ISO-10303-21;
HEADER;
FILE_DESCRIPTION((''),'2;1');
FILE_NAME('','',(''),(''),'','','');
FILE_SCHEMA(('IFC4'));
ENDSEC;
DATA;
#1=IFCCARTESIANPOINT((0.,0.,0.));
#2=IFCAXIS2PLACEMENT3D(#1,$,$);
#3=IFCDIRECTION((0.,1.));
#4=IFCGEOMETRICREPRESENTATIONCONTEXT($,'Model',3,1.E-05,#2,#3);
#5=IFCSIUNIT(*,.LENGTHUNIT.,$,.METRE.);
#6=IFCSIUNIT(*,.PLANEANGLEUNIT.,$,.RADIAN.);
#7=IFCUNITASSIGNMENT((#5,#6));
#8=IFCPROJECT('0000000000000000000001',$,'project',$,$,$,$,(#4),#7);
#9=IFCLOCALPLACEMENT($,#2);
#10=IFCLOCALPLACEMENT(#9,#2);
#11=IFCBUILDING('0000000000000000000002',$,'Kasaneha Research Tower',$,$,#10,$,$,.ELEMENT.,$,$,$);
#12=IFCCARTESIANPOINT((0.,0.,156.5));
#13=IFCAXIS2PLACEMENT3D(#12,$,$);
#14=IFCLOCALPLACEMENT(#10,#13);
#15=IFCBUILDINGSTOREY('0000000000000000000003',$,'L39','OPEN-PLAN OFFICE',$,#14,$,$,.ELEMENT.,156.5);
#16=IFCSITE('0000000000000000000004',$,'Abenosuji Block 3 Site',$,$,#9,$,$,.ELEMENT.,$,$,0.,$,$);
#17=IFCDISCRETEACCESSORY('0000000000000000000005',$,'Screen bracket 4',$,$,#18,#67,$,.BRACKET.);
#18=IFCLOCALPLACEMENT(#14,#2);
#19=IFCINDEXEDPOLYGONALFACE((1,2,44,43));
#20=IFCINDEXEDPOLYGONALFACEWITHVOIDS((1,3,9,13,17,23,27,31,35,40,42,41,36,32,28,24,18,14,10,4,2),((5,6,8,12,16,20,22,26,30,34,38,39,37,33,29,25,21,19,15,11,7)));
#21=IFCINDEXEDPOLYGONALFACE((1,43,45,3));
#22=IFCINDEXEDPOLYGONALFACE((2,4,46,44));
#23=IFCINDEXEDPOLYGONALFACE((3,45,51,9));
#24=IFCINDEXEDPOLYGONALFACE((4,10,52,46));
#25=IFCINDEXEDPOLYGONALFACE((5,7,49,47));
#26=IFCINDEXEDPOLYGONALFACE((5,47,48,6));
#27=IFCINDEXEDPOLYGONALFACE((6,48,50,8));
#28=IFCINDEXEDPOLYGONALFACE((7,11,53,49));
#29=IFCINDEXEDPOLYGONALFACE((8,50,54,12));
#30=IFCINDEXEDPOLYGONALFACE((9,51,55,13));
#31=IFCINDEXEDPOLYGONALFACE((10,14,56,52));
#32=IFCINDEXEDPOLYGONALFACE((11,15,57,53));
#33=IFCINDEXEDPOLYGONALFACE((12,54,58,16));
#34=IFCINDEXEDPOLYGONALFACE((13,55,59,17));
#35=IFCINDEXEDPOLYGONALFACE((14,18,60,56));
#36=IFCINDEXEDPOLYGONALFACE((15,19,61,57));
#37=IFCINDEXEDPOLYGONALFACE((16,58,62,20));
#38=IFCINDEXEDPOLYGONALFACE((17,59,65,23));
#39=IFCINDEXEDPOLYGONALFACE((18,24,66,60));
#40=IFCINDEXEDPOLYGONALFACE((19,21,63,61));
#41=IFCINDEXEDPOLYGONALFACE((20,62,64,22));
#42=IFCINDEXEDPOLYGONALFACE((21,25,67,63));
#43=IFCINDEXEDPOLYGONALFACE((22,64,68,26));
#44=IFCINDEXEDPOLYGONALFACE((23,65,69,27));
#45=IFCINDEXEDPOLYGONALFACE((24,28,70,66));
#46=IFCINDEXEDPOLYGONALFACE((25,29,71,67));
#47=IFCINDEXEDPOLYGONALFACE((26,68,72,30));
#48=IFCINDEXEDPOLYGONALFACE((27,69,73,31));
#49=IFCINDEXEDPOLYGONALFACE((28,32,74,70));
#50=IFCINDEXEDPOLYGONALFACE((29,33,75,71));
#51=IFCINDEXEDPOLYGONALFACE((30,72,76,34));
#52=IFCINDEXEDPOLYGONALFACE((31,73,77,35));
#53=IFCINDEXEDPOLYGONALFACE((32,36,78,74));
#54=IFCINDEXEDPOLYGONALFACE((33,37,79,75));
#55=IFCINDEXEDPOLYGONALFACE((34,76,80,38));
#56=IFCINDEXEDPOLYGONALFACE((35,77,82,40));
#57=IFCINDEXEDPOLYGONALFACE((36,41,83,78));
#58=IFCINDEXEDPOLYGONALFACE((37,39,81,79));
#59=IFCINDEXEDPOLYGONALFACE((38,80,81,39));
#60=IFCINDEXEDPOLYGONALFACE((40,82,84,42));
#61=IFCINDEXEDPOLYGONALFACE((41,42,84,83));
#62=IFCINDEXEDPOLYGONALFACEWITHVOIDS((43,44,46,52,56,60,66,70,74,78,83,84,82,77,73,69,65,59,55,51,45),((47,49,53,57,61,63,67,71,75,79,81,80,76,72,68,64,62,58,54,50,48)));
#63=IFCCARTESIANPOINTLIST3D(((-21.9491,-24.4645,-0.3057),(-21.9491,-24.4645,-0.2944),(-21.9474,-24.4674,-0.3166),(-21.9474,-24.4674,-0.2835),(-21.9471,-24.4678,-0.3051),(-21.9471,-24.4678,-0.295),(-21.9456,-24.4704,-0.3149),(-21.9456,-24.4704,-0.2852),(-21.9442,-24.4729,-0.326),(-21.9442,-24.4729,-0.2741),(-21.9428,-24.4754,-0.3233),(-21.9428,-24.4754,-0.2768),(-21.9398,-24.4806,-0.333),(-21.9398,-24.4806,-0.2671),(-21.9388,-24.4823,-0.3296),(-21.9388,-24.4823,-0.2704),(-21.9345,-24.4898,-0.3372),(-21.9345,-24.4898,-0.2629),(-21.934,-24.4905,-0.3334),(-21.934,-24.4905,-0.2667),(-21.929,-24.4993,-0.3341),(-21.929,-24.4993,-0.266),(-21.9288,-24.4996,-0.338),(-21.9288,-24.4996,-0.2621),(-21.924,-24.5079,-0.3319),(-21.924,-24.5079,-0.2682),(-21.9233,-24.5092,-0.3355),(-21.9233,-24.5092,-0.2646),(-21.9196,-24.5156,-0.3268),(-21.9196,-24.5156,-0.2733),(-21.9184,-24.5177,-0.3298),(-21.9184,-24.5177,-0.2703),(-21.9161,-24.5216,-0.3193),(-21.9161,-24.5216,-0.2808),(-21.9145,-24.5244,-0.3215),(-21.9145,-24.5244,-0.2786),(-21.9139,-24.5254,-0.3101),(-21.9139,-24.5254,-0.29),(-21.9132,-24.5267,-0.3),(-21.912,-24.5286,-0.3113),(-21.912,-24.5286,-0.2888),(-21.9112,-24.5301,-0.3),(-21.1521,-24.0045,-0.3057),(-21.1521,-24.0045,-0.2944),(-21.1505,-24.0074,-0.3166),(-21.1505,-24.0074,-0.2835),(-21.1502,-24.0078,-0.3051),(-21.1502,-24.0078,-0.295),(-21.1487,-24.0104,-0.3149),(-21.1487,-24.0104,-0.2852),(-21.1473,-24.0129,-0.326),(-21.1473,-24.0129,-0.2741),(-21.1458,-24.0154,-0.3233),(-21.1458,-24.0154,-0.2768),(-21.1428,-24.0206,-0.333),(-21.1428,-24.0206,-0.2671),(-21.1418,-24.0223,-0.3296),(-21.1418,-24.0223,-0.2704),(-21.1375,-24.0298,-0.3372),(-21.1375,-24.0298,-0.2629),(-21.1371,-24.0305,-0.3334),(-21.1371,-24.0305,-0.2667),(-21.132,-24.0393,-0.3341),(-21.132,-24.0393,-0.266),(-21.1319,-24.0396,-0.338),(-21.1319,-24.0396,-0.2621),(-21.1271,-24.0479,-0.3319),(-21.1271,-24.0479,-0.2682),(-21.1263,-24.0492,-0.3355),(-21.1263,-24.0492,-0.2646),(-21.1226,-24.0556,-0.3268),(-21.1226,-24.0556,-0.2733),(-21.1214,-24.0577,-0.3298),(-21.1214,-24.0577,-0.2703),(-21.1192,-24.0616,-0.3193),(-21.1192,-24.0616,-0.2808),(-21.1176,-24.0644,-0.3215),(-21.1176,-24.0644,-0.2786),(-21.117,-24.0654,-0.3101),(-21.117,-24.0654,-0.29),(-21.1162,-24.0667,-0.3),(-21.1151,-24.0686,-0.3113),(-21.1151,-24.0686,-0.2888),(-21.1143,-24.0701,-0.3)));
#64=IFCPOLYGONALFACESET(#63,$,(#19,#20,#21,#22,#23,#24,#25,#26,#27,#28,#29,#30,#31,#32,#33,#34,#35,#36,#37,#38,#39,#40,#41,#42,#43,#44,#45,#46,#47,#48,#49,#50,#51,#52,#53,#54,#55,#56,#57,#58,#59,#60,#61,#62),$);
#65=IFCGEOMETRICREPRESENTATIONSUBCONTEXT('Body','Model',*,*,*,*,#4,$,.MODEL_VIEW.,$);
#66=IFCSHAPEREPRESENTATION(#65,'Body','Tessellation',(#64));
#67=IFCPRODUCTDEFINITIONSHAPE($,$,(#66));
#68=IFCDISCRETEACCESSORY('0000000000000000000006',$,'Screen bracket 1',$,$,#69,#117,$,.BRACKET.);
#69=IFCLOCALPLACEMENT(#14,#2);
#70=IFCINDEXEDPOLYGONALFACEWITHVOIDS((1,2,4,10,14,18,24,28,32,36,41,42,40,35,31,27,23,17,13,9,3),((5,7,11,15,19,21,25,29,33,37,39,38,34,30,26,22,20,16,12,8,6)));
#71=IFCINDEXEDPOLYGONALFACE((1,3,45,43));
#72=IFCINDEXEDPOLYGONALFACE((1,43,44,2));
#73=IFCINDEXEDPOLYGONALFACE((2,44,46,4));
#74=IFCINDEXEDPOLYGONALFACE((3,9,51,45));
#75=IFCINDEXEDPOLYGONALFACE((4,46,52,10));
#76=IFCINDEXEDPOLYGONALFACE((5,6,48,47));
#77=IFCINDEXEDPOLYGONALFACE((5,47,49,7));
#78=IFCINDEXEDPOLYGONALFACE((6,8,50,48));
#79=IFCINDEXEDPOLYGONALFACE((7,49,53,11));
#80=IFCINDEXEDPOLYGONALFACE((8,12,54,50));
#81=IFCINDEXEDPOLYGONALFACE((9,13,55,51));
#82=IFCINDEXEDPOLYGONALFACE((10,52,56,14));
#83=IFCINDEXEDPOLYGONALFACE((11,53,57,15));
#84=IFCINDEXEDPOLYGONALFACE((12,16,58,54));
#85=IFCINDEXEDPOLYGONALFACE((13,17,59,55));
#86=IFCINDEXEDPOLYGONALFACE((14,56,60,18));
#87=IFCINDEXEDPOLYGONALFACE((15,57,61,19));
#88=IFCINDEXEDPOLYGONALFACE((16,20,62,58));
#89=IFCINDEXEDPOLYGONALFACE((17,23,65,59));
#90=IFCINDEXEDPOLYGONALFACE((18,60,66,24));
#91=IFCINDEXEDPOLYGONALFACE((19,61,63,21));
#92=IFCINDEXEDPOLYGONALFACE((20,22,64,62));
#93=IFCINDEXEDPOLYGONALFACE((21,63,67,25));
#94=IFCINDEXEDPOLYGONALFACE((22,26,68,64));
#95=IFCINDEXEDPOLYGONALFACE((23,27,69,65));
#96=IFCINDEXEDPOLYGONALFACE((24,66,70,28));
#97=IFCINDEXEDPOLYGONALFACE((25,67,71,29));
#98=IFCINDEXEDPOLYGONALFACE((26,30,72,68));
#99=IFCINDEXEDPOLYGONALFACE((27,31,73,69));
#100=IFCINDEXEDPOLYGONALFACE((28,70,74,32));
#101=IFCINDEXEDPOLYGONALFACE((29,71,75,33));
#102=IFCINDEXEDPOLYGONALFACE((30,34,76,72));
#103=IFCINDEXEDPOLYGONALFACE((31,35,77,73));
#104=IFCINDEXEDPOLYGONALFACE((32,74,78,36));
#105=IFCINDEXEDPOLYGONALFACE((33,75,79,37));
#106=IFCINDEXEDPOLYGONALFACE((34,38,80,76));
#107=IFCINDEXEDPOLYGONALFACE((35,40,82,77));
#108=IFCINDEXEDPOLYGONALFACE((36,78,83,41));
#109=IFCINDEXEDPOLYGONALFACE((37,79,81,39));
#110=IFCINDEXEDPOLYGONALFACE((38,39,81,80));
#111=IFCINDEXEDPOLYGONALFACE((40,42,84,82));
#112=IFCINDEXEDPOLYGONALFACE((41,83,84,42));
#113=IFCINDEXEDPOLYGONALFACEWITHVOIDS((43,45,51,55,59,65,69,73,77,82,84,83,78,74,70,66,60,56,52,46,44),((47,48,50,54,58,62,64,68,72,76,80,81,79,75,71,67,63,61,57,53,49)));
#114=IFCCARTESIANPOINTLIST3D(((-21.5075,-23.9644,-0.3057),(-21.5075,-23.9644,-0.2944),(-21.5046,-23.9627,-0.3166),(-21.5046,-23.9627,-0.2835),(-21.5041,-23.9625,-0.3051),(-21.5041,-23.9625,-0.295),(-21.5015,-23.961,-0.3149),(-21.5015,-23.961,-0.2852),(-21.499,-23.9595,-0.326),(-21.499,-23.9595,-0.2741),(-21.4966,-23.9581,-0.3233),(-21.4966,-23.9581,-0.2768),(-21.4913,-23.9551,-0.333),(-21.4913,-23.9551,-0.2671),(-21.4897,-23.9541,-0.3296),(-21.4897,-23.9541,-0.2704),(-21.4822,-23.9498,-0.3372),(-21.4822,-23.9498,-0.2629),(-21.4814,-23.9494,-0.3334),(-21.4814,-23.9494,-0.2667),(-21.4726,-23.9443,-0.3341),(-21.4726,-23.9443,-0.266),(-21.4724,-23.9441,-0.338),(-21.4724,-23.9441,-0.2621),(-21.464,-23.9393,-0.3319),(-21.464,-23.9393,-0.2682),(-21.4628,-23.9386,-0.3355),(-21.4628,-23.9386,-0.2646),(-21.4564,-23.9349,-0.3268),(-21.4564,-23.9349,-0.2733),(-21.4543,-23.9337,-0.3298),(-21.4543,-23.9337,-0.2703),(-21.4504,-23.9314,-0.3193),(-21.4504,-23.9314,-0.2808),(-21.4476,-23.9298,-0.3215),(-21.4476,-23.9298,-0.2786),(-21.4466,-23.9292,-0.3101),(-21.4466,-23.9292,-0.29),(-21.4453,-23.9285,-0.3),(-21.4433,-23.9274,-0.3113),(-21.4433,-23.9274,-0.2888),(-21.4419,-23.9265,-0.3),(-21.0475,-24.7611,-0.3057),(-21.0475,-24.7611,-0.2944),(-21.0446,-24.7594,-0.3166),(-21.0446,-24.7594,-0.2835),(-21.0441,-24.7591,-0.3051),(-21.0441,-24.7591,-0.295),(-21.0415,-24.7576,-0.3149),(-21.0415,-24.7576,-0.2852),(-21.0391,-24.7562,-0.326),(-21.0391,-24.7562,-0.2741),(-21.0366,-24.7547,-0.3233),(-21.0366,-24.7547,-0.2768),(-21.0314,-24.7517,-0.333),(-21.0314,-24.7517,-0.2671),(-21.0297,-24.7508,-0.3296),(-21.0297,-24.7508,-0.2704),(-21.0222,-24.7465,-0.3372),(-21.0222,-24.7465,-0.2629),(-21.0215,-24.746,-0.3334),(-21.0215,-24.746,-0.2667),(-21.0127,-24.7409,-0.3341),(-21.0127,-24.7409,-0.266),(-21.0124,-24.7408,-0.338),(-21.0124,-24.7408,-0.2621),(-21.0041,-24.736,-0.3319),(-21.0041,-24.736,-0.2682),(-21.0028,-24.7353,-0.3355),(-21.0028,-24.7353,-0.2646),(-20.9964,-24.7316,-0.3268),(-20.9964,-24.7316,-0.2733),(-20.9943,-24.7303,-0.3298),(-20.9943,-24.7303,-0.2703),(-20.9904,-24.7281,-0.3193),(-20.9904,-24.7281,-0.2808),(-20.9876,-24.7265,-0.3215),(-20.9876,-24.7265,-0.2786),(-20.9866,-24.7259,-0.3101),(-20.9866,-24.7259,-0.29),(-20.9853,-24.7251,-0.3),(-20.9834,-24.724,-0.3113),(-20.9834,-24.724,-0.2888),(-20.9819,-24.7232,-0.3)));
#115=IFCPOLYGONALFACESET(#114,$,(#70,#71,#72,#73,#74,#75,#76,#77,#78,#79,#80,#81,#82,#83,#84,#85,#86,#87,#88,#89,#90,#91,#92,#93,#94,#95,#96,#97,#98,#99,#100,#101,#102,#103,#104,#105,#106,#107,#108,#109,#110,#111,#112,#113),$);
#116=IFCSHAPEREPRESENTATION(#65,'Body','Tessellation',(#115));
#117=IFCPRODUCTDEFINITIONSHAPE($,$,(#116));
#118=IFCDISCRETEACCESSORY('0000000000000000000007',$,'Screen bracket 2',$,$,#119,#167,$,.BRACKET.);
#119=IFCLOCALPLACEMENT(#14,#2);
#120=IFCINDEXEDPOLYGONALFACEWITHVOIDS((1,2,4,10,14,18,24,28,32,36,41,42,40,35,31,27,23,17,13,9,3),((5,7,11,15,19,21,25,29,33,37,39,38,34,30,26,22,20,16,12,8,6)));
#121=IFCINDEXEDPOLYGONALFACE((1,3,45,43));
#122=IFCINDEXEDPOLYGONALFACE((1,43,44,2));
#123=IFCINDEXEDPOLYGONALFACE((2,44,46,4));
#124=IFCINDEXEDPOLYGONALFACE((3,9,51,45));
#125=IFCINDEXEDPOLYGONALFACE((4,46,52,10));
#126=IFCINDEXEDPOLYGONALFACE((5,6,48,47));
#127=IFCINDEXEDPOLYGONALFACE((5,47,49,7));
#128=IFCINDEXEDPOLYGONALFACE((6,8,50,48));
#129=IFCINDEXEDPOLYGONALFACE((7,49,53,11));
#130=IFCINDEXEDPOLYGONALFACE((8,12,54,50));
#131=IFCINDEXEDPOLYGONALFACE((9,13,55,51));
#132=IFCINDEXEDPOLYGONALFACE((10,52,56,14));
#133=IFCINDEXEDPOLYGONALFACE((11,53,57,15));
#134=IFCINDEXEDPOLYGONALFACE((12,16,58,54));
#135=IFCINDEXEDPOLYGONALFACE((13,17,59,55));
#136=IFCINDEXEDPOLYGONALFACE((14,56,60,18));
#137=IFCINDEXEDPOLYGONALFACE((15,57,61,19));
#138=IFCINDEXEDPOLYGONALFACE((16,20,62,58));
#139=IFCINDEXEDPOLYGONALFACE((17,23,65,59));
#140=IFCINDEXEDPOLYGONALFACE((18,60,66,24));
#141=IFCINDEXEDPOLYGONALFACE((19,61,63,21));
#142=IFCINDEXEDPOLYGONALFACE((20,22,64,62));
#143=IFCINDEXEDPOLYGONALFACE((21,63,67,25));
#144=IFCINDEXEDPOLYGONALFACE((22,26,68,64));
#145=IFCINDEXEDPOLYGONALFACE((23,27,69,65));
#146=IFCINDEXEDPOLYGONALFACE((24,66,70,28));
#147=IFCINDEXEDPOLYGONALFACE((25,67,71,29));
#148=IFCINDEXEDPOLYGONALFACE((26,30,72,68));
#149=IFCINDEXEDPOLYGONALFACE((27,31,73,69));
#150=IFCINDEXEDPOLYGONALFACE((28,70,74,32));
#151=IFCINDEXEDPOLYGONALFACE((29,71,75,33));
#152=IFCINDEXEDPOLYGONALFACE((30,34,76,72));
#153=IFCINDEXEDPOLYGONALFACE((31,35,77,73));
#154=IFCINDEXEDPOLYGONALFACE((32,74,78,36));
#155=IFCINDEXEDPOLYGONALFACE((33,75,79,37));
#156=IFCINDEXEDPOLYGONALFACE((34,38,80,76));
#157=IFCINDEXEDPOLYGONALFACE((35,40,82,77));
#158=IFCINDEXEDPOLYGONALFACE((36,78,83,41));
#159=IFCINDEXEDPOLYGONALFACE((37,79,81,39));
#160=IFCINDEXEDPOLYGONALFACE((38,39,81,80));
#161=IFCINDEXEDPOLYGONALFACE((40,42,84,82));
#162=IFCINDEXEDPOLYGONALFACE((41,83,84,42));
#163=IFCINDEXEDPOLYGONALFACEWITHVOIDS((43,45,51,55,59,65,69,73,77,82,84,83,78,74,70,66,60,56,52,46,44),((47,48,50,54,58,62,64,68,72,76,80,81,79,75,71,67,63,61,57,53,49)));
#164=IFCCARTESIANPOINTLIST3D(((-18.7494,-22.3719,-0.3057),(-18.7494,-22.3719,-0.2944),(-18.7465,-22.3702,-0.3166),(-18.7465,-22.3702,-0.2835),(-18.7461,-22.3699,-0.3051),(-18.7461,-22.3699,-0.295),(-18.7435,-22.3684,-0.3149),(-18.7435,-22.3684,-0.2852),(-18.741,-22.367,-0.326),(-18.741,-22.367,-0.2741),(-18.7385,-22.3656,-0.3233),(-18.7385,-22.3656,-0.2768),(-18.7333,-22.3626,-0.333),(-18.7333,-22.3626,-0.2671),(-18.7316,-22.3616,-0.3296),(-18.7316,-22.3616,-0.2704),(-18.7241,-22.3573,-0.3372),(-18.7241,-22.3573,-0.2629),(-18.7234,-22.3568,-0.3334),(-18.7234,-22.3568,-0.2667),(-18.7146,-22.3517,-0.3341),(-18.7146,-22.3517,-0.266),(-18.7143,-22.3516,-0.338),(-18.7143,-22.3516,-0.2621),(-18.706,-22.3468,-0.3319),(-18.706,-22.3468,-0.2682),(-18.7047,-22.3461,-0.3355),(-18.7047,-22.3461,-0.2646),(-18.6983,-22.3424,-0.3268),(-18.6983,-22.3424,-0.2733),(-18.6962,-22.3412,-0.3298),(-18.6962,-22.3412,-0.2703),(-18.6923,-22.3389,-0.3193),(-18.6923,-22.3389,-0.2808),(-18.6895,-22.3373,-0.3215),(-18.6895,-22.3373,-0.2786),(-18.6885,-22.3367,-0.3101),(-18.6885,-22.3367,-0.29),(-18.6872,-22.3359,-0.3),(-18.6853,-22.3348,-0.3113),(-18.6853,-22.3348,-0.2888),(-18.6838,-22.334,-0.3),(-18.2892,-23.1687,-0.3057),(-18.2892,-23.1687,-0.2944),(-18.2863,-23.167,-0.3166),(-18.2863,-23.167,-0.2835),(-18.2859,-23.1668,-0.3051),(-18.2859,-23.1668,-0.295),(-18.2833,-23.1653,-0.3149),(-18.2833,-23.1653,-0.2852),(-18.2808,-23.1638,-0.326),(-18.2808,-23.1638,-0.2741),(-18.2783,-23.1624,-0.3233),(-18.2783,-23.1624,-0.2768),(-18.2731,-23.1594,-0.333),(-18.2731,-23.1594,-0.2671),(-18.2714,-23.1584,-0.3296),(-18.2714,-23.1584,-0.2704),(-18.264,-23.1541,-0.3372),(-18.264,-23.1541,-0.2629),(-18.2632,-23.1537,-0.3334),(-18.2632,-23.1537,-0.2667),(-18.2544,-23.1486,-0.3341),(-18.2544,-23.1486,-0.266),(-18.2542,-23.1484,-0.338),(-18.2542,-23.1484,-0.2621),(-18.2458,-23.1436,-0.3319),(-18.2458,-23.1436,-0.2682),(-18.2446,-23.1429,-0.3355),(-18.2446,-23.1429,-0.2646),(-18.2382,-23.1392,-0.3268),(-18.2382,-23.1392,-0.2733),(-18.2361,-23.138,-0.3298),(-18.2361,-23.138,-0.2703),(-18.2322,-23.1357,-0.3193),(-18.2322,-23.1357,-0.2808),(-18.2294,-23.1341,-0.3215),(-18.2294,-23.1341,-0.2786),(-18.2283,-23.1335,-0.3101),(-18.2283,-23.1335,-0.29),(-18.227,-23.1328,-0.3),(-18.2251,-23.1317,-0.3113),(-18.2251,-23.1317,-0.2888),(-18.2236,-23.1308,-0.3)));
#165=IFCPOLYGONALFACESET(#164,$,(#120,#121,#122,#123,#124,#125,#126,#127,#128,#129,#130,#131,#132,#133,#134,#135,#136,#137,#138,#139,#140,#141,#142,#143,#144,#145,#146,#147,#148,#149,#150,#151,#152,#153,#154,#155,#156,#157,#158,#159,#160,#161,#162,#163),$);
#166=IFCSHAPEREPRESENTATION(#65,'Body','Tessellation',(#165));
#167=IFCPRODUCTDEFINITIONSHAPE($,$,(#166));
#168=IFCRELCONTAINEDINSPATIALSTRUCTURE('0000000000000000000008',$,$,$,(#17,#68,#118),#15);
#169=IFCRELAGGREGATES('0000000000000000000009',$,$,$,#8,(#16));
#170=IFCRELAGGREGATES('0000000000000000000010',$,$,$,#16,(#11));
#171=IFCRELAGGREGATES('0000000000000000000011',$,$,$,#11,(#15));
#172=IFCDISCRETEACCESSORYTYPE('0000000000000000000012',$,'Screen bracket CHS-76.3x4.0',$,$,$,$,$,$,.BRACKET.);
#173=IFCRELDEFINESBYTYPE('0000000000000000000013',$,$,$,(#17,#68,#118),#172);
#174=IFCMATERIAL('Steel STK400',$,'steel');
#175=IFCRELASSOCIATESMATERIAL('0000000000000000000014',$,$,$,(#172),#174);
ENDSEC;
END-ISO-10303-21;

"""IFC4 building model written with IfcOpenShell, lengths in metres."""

from ifc_helpers import new_model, si_unit, direction, frame, origin, origin_2d, place, context, subcontext, project, spatial, hollow_circle, extrude, material, material_profile, profile_set, type_object, element, save


model = new_model("IFC4")

# Units and contexts
model_context = context("Model", 3, precision=1e-05, world=origin(), true_north=direction((0.0, 1.0)))
body_context = subcontext(model_context, "Body", "Model", "MODEL_VIEW")
ifc_project = project(units=[si_unit("LENGTHUNIT", "METRE"), si_unit("PLANEANGLEUNIT", "RADIAN")], contexts=[model_context])

# Site, building, storey
site_placement = place(None, origin())
site = spatial("IfcSite", under=ifc_project, at=site_placement, Name="Abenosuji Block 3 Site", CompositionType="ELEMENT", RefElevation=0.0)
building_placement = place(site_placement, origin())
building = spatial("IfcBuilding", under=site, at=building_placement, Name="Kasaneha Research Tower", CompositionType="ELEMENT")
storey_placement = place(building_placement, frame((0.0, 0.0, 156.5)))
storey = spatial("IfcBuildingStorey", under=building, at=storey_placement, Name="L39", Description="OPEN-PLAN OFFICE", CompositionType="ELEMENT", Elevation=156.5)

# Discrete accessories
ifc_material_1 = material(Name="Steel STK400", Category="steel")
ifc_material_profile_1 = material_profile(ifc_material_1, hollow_circle(Radius=0.0381, WallThickness=0.0039, at=origin_2d()), Name="CHS-76.3x4.0")
ifc_profile_set_1 = profile_set([ifc_material_profile_1], Name="Steel STK400")
discrete_accessory_type = type_object("IfcDiscreteAccessoryType", Name="Screen bracket CHS-76.3x4.0", PredefinedType="BRACKET", material=ifc_profile_set_1)
discrete_accessory_1_placement = place(storey_placement, frame((-21.1333, -24.0371, -0.3), z_axis=(-0.86608, -0.499906, 0.0), x_axis=(0.499906, -0.86608, 0.0)))
element("IfcDiscreteAccessory", 1, at=discrete_accessory_1_placement, inside=storey, type_object=discrete_accessory_type, Name="Screen bracket 4", PredefinedType="BRACKET", context=body_context, shape_type="SweptSolid", body=[
    extrude(hollow_circle(Radius=0.0381, WallThickness=0.0039, at=origin_2d()), origin(), (0.0, 0.0, 1.0), 0.9202),
])
discrete_accessory_2_placement = place(storey_placement, frame((-21.4749, -23.9456, -0.3), z_axis=(0.500021, -0.866013, 0.0), x_axis=(0.866013, 0.500021, 0.0)))
element("IfcDiscreteAccessory", 2, at=discrete_accessory_2_placement, inside=storey, type_object=discrete_accessory_type, Name="Screen bracket 1", PredefinedType="BRACKET", context=body_context, shape_type="SweptSolid", body=[
    extrude(hollow_circle(Radius=0.0381, WallThickness=0.0039, at=origin_2d()), origin(), (0.0, 0.0, 1.0), 0.9199),
])
discrete_accessory_3_placement = place(storey_placement, frame((-18.7168, -22.353, -0.3), z_axis=(0.500105, -0.865965, 0.0), x_axis=(0.865965, 0.500105, 0.0)))
element("IfcDiscreteAccessory", 3, at=discrete_accessory_3_placement, inside=storey, type_object=discrete_accessory_type, Name="Screen bracket 2", PredefinedType="BRACKET", context=body_context, shape_type="SweptSolid", body=[
    extrude(hollow_circle(Radius=0.0381, WallThickness=0.0039, at=origin_2d()), origin(), (0.0, 0.0, 1.0), 0.9202),
])

save(model, "model.ifc")
